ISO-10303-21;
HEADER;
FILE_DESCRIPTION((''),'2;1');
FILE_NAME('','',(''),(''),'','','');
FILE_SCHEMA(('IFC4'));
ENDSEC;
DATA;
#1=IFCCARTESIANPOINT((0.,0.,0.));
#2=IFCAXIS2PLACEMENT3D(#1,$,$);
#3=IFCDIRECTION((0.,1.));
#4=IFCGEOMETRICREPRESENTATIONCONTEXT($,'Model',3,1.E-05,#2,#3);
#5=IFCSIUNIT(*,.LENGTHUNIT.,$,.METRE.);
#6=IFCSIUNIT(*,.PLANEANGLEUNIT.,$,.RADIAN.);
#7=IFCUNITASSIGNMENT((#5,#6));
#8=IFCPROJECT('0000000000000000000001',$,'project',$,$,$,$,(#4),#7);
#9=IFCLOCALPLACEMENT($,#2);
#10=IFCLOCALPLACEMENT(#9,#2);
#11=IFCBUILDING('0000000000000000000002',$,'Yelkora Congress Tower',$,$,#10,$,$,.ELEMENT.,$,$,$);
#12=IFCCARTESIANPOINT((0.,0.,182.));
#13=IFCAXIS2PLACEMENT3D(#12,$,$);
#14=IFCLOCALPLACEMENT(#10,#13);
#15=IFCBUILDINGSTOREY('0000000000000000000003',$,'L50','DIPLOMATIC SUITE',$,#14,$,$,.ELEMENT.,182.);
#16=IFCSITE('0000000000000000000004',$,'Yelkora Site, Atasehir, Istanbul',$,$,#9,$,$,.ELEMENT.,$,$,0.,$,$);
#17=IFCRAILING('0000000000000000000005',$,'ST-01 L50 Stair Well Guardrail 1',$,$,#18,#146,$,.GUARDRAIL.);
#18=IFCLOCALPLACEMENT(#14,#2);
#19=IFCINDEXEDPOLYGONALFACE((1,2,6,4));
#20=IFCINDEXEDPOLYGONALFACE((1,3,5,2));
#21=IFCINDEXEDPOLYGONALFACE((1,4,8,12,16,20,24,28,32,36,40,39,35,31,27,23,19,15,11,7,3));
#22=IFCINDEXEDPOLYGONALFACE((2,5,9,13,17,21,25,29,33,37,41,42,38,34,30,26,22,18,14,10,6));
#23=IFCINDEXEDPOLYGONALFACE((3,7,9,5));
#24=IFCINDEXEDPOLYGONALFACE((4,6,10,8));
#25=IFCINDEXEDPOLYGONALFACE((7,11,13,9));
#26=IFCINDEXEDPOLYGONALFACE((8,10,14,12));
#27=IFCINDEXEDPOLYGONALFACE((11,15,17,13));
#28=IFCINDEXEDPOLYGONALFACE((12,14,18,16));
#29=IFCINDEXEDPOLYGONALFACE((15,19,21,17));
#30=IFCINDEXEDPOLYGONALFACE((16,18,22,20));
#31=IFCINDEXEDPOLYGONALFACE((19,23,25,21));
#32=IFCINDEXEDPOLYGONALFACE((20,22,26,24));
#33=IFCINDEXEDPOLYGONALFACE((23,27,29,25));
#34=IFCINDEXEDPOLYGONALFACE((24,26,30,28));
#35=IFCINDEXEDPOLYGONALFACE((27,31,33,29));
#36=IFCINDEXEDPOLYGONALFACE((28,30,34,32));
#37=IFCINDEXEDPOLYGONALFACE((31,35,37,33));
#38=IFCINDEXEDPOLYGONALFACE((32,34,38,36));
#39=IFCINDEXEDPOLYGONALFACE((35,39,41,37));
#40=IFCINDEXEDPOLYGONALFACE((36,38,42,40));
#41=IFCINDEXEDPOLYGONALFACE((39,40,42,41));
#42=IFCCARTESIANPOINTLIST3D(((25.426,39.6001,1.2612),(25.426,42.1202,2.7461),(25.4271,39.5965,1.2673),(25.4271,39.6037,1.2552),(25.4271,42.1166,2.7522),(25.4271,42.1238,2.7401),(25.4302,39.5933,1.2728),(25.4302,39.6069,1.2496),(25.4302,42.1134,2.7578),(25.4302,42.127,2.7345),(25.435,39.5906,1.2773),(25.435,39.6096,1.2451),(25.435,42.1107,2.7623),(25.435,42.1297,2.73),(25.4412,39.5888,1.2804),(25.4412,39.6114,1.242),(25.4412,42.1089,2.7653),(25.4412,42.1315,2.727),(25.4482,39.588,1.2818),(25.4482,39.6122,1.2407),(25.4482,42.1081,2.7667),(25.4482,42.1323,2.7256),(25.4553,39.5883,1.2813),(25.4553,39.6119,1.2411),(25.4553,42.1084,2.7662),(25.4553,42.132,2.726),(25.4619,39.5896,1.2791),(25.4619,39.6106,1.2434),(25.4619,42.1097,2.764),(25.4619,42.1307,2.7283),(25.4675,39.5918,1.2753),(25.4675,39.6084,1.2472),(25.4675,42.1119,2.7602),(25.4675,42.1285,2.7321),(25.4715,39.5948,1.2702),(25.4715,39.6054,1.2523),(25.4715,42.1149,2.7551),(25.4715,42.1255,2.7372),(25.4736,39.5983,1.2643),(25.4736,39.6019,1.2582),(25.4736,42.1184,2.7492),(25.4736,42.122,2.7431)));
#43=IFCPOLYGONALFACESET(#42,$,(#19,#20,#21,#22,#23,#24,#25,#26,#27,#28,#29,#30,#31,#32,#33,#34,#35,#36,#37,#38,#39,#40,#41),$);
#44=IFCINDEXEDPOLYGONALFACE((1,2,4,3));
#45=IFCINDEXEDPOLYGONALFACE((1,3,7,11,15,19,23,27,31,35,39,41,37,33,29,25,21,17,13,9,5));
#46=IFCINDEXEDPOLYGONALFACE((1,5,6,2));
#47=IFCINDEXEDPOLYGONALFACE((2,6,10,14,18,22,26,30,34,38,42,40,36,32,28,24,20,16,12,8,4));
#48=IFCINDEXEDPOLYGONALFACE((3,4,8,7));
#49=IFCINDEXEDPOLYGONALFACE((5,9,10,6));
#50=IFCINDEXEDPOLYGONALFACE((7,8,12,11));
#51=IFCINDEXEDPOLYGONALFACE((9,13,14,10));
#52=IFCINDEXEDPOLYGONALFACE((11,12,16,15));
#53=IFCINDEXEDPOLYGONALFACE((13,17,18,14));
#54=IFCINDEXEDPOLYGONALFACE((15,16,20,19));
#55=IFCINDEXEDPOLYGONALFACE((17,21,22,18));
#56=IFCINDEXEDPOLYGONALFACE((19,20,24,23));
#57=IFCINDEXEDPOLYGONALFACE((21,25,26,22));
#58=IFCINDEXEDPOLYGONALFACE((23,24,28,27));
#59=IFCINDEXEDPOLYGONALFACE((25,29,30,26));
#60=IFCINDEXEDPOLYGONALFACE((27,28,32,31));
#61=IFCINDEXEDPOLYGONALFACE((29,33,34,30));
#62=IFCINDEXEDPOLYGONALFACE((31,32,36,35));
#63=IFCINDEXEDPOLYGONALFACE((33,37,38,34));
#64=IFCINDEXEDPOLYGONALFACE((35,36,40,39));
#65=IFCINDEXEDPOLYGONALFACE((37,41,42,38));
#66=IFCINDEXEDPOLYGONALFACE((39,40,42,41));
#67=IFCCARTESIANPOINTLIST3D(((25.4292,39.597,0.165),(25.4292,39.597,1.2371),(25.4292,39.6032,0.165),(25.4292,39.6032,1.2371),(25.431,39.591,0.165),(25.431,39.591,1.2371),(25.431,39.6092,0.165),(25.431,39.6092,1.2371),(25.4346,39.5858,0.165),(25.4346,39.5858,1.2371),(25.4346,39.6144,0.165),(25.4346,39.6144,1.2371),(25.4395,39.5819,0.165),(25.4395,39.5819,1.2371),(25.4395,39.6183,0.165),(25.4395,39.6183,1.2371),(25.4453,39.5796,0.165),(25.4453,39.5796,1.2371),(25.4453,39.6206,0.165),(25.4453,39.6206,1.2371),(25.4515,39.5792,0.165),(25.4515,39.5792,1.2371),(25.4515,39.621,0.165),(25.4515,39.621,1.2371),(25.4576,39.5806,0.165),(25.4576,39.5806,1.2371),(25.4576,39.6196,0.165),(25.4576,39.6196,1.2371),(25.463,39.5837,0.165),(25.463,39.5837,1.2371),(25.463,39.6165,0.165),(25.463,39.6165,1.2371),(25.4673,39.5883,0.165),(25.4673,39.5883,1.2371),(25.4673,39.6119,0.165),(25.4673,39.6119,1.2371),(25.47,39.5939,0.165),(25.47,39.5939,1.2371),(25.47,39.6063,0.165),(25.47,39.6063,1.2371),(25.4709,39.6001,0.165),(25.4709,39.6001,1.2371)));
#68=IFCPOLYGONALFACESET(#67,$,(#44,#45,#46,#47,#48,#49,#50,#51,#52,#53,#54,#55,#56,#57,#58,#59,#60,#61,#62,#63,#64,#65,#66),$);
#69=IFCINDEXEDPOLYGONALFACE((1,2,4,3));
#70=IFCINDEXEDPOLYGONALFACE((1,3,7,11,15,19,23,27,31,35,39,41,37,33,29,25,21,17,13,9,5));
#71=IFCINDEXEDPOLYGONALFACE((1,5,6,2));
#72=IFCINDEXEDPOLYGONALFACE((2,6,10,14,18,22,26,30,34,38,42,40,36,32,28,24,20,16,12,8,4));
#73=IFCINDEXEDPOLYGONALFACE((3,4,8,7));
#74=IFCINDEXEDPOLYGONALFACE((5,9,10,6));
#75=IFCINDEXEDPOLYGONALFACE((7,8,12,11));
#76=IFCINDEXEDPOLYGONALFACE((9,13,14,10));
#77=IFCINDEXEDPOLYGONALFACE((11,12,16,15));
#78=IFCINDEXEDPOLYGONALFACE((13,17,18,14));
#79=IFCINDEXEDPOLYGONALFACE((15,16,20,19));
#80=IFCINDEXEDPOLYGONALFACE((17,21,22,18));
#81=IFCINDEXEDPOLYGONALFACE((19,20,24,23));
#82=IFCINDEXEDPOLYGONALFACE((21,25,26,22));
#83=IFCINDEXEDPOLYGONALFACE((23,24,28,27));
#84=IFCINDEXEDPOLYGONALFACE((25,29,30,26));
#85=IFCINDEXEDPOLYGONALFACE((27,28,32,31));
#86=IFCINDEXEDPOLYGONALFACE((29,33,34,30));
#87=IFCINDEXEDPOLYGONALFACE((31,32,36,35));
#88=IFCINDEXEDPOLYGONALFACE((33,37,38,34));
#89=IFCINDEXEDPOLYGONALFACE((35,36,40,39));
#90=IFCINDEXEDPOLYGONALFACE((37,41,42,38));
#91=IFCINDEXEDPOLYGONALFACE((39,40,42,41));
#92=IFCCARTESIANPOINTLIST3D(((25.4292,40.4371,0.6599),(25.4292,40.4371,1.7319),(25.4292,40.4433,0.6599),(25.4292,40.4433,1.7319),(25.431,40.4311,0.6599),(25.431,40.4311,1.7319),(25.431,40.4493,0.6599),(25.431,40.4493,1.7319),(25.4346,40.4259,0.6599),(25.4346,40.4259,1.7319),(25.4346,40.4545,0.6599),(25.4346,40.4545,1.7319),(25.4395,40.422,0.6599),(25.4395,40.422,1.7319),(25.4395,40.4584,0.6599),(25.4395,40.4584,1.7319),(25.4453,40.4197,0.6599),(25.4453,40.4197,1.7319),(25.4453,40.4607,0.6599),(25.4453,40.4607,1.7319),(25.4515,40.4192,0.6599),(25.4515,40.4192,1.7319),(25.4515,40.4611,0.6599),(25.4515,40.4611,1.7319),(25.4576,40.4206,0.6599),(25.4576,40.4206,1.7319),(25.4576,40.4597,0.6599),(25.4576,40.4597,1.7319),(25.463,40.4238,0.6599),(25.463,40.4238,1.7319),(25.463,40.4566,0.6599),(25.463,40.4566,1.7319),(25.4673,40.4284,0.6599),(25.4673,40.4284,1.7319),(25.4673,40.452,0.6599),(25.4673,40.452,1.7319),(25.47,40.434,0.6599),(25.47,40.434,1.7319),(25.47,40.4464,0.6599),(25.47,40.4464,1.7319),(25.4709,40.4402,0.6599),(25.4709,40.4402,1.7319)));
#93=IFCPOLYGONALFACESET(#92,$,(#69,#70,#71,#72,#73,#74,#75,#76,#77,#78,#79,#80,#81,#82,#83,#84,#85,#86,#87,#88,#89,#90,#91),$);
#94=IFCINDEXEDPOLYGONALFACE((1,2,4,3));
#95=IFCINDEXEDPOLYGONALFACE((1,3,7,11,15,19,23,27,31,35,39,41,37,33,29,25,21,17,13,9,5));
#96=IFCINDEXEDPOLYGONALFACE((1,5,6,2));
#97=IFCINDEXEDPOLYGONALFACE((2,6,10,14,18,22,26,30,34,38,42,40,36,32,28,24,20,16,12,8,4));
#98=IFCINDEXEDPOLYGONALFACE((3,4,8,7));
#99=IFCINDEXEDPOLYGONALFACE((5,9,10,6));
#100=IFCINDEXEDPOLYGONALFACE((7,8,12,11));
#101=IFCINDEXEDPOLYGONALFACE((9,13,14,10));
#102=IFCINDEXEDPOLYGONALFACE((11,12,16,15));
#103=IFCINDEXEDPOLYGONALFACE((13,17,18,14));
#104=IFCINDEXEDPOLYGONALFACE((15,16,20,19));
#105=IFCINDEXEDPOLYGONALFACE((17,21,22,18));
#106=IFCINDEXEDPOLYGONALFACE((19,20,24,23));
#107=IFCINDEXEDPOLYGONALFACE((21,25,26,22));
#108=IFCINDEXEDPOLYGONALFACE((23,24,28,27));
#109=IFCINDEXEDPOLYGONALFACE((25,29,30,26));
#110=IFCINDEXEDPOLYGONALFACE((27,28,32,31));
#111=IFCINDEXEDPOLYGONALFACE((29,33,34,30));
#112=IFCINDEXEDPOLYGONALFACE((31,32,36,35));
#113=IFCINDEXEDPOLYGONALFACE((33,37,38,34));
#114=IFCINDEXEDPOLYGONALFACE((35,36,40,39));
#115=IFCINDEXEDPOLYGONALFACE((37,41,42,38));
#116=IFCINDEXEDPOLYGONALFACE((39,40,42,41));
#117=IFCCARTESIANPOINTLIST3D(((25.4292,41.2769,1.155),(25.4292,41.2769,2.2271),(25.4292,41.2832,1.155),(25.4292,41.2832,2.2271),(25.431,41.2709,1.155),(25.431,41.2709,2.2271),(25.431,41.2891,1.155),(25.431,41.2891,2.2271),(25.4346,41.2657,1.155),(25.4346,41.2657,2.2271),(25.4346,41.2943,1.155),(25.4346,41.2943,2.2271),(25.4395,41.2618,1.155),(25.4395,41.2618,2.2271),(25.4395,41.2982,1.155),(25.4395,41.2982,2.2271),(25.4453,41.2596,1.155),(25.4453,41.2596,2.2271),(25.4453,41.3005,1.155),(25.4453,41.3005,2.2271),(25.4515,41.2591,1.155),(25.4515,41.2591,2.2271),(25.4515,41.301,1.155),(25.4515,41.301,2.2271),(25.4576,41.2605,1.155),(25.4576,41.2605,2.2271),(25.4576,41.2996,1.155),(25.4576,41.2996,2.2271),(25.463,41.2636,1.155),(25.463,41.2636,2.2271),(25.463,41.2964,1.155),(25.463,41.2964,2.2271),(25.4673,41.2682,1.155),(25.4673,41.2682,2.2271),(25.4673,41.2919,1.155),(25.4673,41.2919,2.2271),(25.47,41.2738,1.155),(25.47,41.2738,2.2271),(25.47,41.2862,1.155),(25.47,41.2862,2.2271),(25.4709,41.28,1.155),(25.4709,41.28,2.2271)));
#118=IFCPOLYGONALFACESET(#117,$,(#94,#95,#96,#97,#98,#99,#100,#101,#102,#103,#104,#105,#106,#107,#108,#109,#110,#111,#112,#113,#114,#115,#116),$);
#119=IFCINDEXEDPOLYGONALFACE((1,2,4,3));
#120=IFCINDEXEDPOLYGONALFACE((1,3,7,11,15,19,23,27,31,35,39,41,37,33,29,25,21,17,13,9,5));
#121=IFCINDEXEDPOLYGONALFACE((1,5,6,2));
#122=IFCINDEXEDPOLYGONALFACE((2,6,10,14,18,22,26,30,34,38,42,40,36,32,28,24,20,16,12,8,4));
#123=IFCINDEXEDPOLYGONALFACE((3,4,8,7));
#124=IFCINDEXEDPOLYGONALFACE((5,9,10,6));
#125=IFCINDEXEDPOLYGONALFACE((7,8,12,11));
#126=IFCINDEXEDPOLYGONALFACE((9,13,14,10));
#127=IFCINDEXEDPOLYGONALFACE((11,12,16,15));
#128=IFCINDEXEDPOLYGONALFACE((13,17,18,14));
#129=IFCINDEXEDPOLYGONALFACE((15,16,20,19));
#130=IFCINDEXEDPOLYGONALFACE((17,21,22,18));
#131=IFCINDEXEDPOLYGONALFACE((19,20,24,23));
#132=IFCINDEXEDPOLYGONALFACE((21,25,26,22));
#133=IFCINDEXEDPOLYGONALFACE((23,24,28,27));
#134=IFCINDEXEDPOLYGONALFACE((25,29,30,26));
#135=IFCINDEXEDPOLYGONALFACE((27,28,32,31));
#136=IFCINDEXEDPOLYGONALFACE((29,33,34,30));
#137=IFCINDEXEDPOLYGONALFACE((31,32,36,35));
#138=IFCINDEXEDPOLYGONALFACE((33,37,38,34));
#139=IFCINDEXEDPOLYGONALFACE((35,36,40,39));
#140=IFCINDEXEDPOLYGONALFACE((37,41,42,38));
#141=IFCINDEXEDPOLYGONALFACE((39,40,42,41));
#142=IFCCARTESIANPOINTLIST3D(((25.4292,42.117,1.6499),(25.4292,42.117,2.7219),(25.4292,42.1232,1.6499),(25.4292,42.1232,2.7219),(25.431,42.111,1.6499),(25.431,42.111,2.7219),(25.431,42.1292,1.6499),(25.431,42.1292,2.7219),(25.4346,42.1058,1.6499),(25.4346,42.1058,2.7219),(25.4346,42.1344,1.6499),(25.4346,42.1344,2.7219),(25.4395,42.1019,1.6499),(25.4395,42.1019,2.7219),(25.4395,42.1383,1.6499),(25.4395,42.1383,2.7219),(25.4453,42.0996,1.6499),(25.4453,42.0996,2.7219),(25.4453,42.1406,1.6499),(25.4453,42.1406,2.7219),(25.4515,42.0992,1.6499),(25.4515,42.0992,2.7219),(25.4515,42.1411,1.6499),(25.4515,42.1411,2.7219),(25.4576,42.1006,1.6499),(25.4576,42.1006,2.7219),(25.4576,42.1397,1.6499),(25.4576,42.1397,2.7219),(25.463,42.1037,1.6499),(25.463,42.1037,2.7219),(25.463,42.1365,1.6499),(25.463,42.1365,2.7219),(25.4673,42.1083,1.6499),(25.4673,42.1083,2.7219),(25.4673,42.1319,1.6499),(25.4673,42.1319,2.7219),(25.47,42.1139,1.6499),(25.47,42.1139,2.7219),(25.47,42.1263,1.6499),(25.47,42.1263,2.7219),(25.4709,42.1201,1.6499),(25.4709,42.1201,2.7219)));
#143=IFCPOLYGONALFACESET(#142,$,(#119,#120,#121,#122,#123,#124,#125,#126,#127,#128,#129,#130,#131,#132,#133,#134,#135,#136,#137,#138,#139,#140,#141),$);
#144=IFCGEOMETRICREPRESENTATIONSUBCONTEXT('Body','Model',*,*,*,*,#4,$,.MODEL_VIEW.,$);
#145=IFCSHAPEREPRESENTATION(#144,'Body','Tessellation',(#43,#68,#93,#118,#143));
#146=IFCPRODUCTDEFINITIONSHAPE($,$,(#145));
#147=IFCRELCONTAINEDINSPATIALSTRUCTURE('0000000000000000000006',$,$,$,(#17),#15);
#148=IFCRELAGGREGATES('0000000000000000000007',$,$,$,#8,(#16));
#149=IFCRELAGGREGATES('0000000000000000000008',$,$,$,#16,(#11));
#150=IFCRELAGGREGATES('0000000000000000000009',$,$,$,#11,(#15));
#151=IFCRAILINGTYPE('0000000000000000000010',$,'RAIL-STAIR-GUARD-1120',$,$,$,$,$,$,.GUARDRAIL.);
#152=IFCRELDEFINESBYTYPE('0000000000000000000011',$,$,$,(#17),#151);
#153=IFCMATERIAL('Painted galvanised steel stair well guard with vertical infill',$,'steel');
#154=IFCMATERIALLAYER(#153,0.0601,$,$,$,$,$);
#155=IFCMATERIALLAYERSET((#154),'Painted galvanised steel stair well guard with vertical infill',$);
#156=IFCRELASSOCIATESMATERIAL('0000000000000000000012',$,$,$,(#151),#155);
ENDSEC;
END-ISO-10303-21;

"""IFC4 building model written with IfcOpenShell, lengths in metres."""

from ifc_helpers import new_model, si_unit, direction, frame, origin, origin_2d, place, context, subcontext, project, spatial, circle, extrude, material, layer, layer_set, type_object, element, save


model = new_model("IFC4")

# Units and contexts
model_context = context("Model", 3, precision=1e-05, world=origin(), true_north=direction((0.0, 1.0)))
body_context = subcontext(model_context, "Body", "Model", "MODEL_VIEW")
ifc_project = project(units=[si_unit("LENGTHUNIT", "METRE"), si_unit("PLANEANGLEUNIT", "RADIAN")], contexts=[model_context])

# Site, building, storey
site_placement = place(None, origin())
site = spatial("IfcSite", under=ifc_project, at=site_placement, Name="Yelkora Site, Atasehir, Istanbul", CompositionType="ELEMENT", RefElevation=0.0)
building_placement = place(site_placement, origin())
building = spatial("IfcBuilding", under=site, at=building_placement, Name="Yelkora Congress Tower", CompositionType="ELEMENT")
storey_placement = place(building_placement, frame((0.0, 0.0, 182.0)))
storey = spatial("IfcBuildingStorey", under=building, at=storey_placement, Name="L50", Description="DIPLOMATIC SUITE", CompositionType="ELEMENT", Elevation=182.0)

# Railing
ifc_material_1 = material(Name="Painted galvanised steel stair well guard with vertical infill", Category="steel")
ifc_layer_1 = layer(ifc_material_1, 0.0601)
ifc_layer_set_1 = layer_set([ifc_layer_1], Name="Painted galvanised steel stair well guard with vertical infill")
railing_type_1 = type_object("IfcRailingType", Name="RAIL-STAIR-GUARD-1120", PredefinedType="GUARDRAIL", material=ifc_layer_set_1)
railing_1_placement = place(storey_placement, frame((25.45, 39.6001, 0.165)))
element("IfcRailing", 1, at=railing_1_placement, inside=storey, type_object=railing_type_1, Name="ST-01 L50 Stair Well Guardrail 1", PredefinedType="GUARDRAIL", context=body_context, shape_type="SweptSolid", body=[
    extrude(circle(Radius=0.0239, at=origin_2d()), frame((0.0, 0.0, 1.0962), z_axis=(0.0, 0.861561, 0.507655), x_axis=(-1.0, 0.0, 0.0)), (0.0, 0.0, 1.0), 2.925),
    extrude(circle(Radius=0.021, at=origin_2d()), origin(), (0.0, 0.0, 1.0), 1.072),
    extrude(circle(Radius=0.021, at=origin_2d()), frame((0.0, 0.8401, 0.4949)), (0.0, 0.0, 1.0), 1.072),
    extrude(circle(Radius=0.021, at=origin_2d()), frame((0.0, 1.6799, 0.99)), (0.0, 0.0, 1.0), 1.072),
    extrude(circle(Radius=0.021, at=origin_2d()), frame((0.0, 2.52, 1.4849)), (0.0, 0.0, 1.0), 1.072),
])

save(model, "model.ifc")
